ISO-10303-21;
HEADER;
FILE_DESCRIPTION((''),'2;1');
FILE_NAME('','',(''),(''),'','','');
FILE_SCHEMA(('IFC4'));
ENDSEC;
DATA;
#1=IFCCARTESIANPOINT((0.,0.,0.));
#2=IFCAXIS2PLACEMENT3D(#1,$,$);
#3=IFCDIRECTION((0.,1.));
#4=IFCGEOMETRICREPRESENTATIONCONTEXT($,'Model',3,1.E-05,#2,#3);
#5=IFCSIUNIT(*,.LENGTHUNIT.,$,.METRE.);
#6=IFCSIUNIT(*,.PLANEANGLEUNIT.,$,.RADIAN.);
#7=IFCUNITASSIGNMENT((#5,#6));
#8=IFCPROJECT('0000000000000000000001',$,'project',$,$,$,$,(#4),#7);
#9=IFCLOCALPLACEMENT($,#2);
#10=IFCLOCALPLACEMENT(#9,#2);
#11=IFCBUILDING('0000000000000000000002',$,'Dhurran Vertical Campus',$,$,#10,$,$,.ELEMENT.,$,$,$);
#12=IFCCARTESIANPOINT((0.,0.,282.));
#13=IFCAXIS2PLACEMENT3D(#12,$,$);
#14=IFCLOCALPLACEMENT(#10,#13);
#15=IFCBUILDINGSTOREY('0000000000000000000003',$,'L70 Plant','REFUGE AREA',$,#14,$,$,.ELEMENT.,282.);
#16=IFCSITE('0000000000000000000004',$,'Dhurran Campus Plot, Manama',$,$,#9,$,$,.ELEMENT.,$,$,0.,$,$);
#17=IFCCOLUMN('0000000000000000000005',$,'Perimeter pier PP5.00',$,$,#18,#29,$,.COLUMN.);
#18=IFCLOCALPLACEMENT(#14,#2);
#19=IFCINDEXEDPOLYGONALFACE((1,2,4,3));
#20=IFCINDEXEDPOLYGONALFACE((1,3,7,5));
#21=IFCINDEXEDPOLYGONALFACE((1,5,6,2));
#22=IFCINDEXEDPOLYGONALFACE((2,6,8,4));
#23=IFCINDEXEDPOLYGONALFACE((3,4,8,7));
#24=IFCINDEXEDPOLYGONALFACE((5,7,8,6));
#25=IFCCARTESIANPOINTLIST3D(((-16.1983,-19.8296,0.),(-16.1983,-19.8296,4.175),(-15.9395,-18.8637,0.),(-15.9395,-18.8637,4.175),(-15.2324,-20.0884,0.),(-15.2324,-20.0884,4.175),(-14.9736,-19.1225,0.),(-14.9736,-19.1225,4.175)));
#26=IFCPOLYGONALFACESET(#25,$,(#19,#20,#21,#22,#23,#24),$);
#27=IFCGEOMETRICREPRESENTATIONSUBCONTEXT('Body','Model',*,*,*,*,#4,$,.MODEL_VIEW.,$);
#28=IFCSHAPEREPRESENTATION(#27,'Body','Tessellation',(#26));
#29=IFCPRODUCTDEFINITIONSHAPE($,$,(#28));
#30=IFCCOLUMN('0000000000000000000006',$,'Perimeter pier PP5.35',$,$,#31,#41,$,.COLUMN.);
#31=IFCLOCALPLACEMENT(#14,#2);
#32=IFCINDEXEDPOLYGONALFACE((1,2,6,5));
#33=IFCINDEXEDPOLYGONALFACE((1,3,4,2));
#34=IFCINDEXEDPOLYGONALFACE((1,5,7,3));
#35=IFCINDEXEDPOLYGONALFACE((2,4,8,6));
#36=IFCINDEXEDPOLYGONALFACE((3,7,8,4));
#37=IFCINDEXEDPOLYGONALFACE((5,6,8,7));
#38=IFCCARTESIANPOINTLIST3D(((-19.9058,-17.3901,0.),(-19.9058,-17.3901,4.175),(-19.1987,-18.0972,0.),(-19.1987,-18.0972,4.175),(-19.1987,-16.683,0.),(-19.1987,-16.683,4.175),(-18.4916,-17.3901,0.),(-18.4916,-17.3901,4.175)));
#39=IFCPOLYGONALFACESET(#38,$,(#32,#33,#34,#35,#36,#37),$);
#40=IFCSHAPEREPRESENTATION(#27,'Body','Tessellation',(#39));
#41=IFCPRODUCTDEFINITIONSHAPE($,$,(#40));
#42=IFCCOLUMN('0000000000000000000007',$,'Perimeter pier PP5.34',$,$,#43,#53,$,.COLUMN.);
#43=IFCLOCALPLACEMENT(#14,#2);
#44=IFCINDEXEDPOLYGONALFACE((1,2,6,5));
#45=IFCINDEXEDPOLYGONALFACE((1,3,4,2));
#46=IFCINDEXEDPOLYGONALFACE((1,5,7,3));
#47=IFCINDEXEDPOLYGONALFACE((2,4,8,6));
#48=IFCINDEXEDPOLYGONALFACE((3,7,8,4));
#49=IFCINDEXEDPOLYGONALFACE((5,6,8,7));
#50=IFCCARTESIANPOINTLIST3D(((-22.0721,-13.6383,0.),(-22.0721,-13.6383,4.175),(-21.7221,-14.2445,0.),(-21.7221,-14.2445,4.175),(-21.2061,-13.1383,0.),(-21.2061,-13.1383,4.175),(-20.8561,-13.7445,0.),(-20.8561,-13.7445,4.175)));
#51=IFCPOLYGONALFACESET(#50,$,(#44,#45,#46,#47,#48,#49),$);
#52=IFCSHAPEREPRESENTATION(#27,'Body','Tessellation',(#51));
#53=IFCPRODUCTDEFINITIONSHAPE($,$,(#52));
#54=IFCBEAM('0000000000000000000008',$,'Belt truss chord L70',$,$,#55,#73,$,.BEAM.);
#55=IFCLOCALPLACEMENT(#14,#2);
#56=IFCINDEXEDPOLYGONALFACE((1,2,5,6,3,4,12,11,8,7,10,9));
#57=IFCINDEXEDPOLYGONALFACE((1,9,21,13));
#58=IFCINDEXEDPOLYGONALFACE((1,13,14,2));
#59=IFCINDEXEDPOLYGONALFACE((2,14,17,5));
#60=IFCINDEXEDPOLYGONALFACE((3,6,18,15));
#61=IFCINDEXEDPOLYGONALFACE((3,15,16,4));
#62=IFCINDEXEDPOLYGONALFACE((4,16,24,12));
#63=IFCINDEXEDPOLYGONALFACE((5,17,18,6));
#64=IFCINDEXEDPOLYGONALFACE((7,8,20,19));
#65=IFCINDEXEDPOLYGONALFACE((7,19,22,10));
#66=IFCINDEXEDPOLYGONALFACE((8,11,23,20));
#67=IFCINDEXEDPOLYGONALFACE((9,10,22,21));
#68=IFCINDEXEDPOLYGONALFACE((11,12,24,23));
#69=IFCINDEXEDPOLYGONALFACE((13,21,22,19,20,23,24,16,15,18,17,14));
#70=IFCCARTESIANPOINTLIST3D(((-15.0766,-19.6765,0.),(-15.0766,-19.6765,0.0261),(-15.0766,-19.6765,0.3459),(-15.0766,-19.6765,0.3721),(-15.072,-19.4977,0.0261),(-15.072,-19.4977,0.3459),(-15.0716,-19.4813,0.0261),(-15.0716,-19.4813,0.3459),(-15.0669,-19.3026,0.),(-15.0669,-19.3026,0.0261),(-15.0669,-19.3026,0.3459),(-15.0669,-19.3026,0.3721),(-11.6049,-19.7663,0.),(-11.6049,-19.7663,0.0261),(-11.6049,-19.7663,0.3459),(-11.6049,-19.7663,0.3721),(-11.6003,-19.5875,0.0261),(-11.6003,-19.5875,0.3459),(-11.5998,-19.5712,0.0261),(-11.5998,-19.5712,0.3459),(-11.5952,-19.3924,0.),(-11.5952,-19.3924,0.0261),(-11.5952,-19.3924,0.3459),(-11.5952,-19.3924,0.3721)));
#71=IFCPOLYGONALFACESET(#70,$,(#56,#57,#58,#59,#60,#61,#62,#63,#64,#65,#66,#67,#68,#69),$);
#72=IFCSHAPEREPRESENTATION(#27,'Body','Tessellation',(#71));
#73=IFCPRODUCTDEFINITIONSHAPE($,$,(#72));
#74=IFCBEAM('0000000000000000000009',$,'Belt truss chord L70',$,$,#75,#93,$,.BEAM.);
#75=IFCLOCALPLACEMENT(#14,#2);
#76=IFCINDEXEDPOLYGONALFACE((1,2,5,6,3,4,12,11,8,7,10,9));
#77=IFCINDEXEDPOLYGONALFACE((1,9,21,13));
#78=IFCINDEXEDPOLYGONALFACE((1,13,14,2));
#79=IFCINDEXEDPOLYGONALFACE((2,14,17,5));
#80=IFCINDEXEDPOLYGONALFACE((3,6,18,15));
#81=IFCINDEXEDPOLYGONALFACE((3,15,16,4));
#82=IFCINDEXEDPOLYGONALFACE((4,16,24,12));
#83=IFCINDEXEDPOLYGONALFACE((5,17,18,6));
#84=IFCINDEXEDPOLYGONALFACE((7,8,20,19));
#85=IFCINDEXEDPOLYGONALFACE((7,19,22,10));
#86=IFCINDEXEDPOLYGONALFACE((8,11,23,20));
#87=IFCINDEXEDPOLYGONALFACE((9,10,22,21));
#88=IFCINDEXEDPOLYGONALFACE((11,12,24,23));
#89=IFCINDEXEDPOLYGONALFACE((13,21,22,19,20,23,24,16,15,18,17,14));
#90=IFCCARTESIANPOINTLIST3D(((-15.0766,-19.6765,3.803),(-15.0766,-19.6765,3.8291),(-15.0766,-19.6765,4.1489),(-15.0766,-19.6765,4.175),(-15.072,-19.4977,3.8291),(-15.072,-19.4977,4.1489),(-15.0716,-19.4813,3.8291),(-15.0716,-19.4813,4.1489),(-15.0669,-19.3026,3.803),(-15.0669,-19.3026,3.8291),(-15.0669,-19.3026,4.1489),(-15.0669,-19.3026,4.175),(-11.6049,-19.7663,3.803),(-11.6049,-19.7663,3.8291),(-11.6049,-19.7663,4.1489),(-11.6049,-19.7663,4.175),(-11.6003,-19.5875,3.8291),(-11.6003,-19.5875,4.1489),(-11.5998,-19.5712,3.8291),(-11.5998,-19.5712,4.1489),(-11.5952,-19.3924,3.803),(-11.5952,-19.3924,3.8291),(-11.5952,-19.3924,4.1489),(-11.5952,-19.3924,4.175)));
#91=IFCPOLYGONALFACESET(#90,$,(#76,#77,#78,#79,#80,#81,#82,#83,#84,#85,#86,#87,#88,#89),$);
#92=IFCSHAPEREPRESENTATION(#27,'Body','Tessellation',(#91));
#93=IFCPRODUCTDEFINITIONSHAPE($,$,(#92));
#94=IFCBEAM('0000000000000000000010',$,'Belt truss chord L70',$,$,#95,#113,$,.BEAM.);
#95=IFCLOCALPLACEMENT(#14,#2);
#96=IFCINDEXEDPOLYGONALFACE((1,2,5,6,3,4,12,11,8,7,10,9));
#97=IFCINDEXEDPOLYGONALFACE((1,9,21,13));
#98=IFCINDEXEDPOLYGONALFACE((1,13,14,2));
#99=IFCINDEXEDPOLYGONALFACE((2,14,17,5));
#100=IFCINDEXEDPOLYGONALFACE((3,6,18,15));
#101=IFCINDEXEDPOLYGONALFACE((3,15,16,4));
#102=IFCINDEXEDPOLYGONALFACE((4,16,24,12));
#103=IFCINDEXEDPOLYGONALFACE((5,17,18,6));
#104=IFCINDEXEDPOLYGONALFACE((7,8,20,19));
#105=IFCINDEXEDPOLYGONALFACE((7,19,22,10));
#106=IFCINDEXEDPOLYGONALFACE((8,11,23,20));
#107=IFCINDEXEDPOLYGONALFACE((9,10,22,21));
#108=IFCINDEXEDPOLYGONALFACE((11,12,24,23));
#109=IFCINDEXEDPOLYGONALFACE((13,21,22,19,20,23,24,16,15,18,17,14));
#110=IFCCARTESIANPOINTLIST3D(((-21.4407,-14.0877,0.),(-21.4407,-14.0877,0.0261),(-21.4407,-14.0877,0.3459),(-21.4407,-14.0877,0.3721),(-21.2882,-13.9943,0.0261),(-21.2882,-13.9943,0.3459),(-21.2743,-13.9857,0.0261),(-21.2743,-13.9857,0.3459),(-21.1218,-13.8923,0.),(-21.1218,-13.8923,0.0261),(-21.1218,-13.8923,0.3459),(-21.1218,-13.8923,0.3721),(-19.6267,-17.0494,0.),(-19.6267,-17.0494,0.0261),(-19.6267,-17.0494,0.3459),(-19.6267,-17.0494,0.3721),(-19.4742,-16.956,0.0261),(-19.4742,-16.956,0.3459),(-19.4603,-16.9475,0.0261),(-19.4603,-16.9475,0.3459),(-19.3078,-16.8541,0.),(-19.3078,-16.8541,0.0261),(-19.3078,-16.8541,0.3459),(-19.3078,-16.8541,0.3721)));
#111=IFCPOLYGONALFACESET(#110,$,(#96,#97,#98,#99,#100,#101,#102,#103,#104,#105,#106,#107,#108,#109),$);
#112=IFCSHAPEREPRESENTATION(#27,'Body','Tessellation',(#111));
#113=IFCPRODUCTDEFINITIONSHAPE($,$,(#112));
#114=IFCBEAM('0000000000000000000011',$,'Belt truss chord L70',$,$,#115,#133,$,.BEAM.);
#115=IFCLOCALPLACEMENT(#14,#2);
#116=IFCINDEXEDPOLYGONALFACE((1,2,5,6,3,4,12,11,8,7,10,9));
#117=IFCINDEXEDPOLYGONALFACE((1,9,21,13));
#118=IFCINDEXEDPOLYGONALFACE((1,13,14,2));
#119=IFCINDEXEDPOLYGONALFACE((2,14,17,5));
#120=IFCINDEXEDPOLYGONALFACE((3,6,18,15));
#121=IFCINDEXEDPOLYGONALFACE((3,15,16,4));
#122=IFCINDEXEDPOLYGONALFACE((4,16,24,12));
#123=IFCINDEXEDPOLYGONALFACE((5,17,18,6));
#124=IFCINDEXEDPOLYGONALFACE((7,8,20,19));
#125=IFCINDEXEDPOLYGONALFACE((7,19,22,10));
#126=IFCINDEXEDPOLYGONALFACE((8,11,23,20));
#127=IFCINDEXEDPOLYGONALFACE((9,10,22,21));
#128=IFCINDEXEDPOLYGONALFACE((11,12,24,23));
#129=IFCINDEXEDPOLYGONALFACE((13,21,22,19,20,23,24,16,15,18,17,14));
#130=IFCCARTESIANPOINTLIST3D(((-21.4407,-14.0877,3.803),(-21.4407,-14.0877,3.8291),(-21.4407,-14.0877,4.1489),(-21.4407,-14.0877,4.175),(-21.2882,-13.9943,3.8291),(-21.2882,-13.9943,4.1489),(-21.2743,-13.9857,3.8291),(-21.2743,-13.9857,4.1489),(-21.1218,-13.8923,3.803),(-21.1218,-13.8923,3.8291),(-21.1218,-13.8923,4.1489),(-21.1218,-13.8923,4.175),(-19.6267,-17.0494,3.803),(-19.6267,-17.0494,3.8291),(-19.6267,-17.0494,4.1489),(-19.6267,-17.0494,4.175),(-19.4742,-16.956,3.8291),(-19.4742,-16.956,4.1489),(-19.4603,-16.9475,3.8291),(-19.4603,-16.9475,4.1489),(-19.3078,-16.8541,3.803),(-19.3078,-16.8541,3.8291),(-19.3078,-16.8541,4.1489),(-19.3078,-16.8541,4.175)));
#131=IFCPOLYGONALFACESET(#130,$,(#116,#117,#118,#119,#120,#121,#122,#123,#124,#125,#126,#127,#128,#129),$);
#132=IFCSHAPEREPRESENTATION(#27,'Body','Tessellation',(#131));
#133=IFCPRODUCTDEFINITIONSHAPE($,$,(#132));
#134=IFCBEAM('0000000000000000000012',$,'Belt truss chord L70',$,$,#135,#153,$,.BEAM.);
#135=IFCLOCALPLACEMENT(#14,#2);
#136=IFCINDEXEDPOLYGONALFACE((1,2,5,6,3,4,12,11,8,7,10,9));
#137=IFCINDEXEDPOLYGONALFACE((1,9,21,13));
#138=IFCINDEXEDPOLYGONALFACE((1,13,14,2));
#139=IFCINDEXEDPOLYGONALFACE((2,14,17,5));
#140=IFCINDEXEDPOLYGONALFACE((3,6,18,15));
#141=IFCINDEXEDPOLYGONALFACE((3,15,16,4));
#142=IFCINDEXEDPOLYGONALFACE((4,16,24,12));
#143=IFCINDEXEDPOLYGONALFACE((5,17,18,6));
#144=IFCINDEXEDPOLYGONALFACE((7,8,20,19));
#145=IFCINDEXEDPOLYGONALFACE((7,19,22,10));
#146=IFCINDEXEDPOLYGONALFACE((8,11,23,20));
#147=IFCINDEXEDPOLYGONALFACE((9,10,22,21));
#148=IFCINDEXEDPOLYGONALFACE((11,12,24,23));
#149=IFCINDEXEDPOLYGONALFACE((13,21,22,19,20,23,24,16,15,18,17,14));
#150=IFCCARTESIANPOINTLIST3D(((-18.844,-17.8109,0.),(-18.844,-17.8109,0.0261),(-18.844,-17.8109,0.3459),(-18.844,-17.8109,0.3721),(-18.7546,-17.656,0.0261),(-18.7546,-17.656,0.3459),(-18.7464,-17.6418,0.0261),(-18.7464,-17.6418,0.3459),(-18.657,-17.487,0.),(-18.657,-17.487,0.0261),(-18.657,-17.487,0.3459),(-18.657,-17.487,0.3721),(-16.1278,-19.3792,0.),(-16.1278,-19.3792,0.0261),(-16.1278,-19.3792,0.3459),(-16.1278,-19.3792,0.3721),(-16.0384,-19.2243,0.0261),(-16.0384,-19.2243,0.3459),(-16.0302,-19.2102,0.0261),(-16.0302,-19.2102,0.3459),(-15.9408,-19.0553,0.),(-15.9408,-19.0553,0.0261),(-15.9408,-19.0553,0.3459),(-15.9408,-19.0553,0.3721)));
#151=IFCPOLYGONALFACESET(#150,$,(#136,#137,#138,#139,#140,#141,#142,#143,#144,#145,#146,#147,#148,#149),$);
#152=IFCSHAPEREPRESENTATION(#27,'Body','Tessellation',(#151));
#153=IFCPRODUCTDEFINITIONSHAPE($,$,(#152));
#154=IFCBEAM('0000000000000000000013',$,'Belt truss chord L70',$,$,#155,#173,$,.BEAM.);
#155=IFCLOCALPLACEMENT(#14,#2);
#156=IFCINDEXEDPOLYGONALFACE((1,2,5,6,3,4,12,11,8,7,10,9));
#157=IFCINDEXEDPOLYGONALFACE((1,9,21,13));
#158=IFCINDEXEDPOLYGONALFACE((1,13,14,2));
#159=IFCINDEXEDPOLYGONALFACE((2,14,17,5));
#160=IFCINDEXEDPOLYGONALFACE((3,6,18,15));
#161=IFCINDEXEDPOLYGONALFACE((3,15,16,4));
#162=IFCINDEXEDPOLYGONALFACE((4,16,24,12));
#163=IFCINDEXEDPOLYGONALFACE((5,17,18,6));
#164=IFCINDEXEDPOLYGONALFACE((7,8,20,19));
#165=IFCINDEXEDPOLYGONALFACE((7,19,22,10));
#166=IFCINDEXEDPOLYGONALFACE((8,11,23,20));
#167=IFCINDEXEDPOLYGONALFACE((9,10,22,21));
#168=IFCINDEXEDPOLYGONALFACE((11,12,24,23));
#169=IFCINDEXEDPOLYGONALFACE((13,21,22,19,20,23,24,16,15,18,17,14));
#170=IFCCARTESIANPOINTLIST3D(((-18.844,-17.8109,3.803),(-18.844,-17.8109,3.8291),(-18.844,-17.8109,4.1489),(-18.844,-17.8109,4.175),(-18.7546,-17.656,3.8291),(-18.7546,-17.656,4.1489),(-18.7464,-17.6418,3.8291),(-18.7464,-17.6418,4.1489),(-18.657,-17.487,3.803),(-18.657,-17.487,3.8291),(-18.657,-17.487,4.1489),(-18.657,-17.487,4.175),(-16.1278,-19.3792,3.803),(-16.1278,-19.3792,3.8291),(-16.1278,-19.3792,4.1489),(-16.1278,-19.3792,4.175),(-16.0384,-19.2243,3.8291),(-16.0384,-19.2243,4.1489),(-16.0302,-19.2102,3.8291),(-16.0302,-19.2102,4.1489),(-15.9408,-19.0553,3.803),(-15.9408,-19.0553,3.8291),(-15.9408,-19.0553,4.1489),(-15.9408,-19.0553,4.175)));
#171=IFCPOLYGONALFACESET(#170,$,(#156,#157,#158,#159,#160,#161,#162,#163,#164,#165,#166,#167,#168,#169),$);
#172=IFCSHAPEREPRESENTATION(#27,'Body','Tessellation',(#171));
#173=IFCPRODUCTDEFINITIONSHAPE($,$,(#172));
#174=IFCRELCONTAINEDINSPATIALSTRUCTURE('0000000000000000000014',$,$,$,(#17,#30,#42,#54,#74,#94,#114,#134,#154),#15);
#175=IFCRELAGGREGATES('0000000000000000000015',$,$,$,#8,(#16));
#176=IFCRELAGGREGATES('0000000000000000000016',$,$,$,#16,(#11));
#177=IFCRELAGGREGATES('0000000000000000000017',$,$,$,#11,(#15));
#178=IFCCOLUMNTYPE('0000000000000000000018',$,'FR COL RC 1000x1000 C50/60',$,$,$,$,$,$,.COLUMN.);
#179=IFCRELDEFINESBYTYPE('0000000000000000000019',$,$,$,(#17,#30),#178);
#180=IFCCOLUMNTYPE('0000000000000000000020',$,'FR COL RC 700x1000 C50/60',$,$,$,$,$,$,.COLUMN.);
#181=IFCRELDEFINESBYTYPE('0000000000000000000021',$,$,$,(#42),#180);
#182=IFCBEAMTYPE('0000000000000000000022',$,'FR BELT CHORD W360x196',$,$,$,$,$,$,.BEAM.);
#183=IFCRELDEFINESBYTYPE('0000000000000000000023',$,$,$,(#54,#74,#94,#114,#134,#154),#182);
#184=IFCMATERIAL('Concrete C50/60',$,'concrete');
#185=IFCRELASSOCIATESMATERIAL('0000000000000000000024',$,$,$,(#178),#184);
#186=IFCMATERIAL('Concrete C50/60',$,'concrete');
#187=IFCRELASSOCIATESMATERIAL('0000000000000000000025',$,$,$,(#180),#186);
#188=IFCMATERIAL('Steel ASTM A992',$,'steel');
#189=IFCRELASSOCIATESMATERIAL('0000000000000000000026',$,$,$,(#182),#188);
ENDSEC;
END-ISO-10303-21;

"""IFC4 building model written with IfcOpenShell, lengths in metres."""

from ifc_helpers import new_model, si_unit, direction, frame, origin, origin_2d, place, context, subcontext, project, spatial, rectangle, i_section, extrude, material, material_profile, profile_set, type_object, element, save


model = new_model("IFC4")

# Units and contexts
model_context = context("Model", 3, precision=1e-05, world=origin(), true_north=direction((0.0, 1.0)))
body_context = subcontext(model_context, "Body", "Model", "MODEL_VIEW")
ifc_project = project(units=[si_unit("LENGTHUNIT", "METRE"), si_unit("PLANEANGLEUNIT", "RADIAN")], contexts=[model_context])

# Site, building, storey
site_placement = place(None, origin())
site = spatial("IfcSite", under=ifc_project, at=site_placement, Name="Dhurran Campus Plot, Manama", CompositionType="ELEMENT", RefElevation=0.0)
building_placement = place(site_placement, origin())
building = spatial("IfcBuilding", under=site, at=building_placement, Name="Dhurran Vertical Campus", CompositionType="ELEMENT")
storey_placement = place(building_placement, frame((0.0, 0.0, 282.0)))
storey = spatial("IfcBuildingStorey", under=building, at=storey_placement, Name="L70 Plant", Description="REFUGE AREA", CompositionType="ELEMENT", Elevation=282.0)

# Columns
ifc_material_1 = material(Name="Concrete C50/60", Category="concrete")
ifc_material_profile_1 = material_profile(ifc_material_1, rectangle(XDim=1.0, YDim=1.0, at=origin_2d()), Name="RC 1000x1000")
ifc_profile_set_1 = profile_set([ifc_material_profile_1], Name="Concrete C50/60")
column_type_1 = type_object("IfcColumnType", Name="FR COL RC 1000x1000 C50/60", PredefinedType="COLUMN", material=ifc_profile_set_1)
for number, where, z_axis, x_axis, name in (
    (1, (-15.5859, -19.4761, 0.0), (0.0, 0.0, 1.0), (0.965926, -0.258819, 0.0), "Perimeter pier PP5.00"),
    (2, (-19.1987, -17.3901, 0.0), (0.0, 0.0, 1.0), (0.707107, -0.707107, 0.0), "Perimeter pier PP5.35"),
):
    element("IfcColumn", number, at=place(storey_placement, frame(where, z_axis=z_axis, x_axis=x_axis)), inside=storey, type_object=column_type_1, Name=name, PredefinedType="COLUMN", context=body_context, shape_type="SweptSolid", body=[
        extrude(rectangle(XDim=1.0, YDim=1.0, at=origin_2d()), origin(), (0.0, 0.0, 1.0), 4.175),
    ])
ifc_material_2 = material(Name="Concrete C50/60", Category="concrete")
ifc_material_profile_2 = material_profile(ifc_material_2, rectangle(XDim=0.7, YDim=1.0, at=origin_2d()), Name="RC 700x1000")
ifc_profile_set_2 = profile_set([ifc_material_profile_2], Name="Concrete C50/60")
column_type_2 = type_object("IfcColumnType", Name="FR COL RC 700x1000 C50/60", PredefinedType="COLUMN", material=ifc_profile_set_2)
column_placement = place(storey_placement, frame((-21.4641, -13.6914, 0.0), z_axis=(0.0, 0.0, 1.0), x_axis=(0.5, -0.866025, 0.0)))
element("IfcColumn", 3, at=column_placement, inside=storey, type_object=column_type_2, Name="Perimeter pier PP5.34", PredefinedType="COLUMN", context=body_context, shape_type="SweptSolid", body=[
    extrude(rectangle(XDim=0.7, YDim=1.0, at=origin_2d()), origin(), (0.0, 0.0, 1.0), 4.175),
])

# Beams
ifc_material_3 = material(Name="Steel ASTM A992", Category="steel")
ifc_material_profile_3 = material_profile(ifc_material_3, i_section(OverallWidth=0.374, OverallDepth=0.3721, WebThickness=0.0164, FlangeThickness=0.0261, at=origin_2d()), Name="W360x196")
ifc_profile_set_3 = profile_set([ifc_material_profile_3], Name="Steel ASTM A992")
beam_type = type_object("IfcBeamType", Name="FR BELT CHORD W360x196", PredefinedType="BEAM", material=ifc_profile_set_3)
for number, where, z_axis, x_axis, name in (
    (4, (-15.0718, -19.4895, 0.186), (0.999665, -0.02587, 0.0), (0.02587, 0.999665, 0.0), "Belt truss chord L70"),
    (5, (-15.0718, -19.4895, 3.989), (0.999665, -0.02587, 0.0), (0.02587, 0.999665, 0.0), "Belt truss chord L70"),
):
    element("IfcBeam", number, at=place(storey_placement, frame(where, z_axis=z_axis, x_axis=x_axis)), inside=storey, type_object=beam_type, Name=name, PredefinedType="BEAM", context=body_context, shape_type="SweptSolid", body=[
        extrude(i_section(OverallWidth=0.374, OverallDepth=0.3721, WebThickness=0.0164, FlangeThickness=0.0261, at=origin_2d()), origin(), (0.0, 0.0, 1.0), 3.4729),
    ])
for number, where, z_axis, x_axis, name in (
    (6, (-21.2812, -13.99, 0.186), (0.5223, -0.852762, 0.0), (0.852762, 0.5223, 0.0), "Belt truss chord L70"),
    (7, (-21.2812, -13.99, 3.989), (0.5223, -0.852762, 0.0), (0.852762, 0.5223, 0.0), "Belt truss chord L70"),
):
    element("IfcBeam", number, at=place(storey_placement, frame(where, z_axis=z_axis, x_axis=x_axis)), inside=storey, type_object=beam_type, Name=name, PredefinedType="BEAM", context=body_context, shape_type="SweptSolid", body=[
        extrude(i_section(OverallWidth=0.374, OverallDepth=0.3721, WebThickness=0.0164, FlangeThickness=0.0261, at=origin_2d()), origin(), (0.0, 0.0, 1.0), 3.4731),
    ])
for number, where, z_axis, x_axis, name in (
    (8, (-18.7505, -17.6489, 0.186), (0.866012, -0.500023, 0.0), (0.500023, 0.866012, 0.0), "Belt truss chord L70"),
    (9, (-18.7505, -17.6489, 3.989), (0.866012, -0.500023, 0.0), (0.500023, 0.866012, 0.0), "Belt truss chord L70"),
):
    element("IfcBeam", number, at=place(storey_placement, frame(where, z_axis=z_axis, x_axis=x_axis)), inside=storey, type_object=beam_type, Name=name, PredefinedType="BEAM", context=body_context, shape_type="SweptSolid", body=[
        extrude(i_section(OverallWidth=0.374, OverallDepth=0.3721, WebThickness=0.0164, FlangeThickness=0.0261, at=origin_2d()), origin(), (0.0, 0.0, 1.0), 3.1365),
    ])

save(model, "model.ifc")
